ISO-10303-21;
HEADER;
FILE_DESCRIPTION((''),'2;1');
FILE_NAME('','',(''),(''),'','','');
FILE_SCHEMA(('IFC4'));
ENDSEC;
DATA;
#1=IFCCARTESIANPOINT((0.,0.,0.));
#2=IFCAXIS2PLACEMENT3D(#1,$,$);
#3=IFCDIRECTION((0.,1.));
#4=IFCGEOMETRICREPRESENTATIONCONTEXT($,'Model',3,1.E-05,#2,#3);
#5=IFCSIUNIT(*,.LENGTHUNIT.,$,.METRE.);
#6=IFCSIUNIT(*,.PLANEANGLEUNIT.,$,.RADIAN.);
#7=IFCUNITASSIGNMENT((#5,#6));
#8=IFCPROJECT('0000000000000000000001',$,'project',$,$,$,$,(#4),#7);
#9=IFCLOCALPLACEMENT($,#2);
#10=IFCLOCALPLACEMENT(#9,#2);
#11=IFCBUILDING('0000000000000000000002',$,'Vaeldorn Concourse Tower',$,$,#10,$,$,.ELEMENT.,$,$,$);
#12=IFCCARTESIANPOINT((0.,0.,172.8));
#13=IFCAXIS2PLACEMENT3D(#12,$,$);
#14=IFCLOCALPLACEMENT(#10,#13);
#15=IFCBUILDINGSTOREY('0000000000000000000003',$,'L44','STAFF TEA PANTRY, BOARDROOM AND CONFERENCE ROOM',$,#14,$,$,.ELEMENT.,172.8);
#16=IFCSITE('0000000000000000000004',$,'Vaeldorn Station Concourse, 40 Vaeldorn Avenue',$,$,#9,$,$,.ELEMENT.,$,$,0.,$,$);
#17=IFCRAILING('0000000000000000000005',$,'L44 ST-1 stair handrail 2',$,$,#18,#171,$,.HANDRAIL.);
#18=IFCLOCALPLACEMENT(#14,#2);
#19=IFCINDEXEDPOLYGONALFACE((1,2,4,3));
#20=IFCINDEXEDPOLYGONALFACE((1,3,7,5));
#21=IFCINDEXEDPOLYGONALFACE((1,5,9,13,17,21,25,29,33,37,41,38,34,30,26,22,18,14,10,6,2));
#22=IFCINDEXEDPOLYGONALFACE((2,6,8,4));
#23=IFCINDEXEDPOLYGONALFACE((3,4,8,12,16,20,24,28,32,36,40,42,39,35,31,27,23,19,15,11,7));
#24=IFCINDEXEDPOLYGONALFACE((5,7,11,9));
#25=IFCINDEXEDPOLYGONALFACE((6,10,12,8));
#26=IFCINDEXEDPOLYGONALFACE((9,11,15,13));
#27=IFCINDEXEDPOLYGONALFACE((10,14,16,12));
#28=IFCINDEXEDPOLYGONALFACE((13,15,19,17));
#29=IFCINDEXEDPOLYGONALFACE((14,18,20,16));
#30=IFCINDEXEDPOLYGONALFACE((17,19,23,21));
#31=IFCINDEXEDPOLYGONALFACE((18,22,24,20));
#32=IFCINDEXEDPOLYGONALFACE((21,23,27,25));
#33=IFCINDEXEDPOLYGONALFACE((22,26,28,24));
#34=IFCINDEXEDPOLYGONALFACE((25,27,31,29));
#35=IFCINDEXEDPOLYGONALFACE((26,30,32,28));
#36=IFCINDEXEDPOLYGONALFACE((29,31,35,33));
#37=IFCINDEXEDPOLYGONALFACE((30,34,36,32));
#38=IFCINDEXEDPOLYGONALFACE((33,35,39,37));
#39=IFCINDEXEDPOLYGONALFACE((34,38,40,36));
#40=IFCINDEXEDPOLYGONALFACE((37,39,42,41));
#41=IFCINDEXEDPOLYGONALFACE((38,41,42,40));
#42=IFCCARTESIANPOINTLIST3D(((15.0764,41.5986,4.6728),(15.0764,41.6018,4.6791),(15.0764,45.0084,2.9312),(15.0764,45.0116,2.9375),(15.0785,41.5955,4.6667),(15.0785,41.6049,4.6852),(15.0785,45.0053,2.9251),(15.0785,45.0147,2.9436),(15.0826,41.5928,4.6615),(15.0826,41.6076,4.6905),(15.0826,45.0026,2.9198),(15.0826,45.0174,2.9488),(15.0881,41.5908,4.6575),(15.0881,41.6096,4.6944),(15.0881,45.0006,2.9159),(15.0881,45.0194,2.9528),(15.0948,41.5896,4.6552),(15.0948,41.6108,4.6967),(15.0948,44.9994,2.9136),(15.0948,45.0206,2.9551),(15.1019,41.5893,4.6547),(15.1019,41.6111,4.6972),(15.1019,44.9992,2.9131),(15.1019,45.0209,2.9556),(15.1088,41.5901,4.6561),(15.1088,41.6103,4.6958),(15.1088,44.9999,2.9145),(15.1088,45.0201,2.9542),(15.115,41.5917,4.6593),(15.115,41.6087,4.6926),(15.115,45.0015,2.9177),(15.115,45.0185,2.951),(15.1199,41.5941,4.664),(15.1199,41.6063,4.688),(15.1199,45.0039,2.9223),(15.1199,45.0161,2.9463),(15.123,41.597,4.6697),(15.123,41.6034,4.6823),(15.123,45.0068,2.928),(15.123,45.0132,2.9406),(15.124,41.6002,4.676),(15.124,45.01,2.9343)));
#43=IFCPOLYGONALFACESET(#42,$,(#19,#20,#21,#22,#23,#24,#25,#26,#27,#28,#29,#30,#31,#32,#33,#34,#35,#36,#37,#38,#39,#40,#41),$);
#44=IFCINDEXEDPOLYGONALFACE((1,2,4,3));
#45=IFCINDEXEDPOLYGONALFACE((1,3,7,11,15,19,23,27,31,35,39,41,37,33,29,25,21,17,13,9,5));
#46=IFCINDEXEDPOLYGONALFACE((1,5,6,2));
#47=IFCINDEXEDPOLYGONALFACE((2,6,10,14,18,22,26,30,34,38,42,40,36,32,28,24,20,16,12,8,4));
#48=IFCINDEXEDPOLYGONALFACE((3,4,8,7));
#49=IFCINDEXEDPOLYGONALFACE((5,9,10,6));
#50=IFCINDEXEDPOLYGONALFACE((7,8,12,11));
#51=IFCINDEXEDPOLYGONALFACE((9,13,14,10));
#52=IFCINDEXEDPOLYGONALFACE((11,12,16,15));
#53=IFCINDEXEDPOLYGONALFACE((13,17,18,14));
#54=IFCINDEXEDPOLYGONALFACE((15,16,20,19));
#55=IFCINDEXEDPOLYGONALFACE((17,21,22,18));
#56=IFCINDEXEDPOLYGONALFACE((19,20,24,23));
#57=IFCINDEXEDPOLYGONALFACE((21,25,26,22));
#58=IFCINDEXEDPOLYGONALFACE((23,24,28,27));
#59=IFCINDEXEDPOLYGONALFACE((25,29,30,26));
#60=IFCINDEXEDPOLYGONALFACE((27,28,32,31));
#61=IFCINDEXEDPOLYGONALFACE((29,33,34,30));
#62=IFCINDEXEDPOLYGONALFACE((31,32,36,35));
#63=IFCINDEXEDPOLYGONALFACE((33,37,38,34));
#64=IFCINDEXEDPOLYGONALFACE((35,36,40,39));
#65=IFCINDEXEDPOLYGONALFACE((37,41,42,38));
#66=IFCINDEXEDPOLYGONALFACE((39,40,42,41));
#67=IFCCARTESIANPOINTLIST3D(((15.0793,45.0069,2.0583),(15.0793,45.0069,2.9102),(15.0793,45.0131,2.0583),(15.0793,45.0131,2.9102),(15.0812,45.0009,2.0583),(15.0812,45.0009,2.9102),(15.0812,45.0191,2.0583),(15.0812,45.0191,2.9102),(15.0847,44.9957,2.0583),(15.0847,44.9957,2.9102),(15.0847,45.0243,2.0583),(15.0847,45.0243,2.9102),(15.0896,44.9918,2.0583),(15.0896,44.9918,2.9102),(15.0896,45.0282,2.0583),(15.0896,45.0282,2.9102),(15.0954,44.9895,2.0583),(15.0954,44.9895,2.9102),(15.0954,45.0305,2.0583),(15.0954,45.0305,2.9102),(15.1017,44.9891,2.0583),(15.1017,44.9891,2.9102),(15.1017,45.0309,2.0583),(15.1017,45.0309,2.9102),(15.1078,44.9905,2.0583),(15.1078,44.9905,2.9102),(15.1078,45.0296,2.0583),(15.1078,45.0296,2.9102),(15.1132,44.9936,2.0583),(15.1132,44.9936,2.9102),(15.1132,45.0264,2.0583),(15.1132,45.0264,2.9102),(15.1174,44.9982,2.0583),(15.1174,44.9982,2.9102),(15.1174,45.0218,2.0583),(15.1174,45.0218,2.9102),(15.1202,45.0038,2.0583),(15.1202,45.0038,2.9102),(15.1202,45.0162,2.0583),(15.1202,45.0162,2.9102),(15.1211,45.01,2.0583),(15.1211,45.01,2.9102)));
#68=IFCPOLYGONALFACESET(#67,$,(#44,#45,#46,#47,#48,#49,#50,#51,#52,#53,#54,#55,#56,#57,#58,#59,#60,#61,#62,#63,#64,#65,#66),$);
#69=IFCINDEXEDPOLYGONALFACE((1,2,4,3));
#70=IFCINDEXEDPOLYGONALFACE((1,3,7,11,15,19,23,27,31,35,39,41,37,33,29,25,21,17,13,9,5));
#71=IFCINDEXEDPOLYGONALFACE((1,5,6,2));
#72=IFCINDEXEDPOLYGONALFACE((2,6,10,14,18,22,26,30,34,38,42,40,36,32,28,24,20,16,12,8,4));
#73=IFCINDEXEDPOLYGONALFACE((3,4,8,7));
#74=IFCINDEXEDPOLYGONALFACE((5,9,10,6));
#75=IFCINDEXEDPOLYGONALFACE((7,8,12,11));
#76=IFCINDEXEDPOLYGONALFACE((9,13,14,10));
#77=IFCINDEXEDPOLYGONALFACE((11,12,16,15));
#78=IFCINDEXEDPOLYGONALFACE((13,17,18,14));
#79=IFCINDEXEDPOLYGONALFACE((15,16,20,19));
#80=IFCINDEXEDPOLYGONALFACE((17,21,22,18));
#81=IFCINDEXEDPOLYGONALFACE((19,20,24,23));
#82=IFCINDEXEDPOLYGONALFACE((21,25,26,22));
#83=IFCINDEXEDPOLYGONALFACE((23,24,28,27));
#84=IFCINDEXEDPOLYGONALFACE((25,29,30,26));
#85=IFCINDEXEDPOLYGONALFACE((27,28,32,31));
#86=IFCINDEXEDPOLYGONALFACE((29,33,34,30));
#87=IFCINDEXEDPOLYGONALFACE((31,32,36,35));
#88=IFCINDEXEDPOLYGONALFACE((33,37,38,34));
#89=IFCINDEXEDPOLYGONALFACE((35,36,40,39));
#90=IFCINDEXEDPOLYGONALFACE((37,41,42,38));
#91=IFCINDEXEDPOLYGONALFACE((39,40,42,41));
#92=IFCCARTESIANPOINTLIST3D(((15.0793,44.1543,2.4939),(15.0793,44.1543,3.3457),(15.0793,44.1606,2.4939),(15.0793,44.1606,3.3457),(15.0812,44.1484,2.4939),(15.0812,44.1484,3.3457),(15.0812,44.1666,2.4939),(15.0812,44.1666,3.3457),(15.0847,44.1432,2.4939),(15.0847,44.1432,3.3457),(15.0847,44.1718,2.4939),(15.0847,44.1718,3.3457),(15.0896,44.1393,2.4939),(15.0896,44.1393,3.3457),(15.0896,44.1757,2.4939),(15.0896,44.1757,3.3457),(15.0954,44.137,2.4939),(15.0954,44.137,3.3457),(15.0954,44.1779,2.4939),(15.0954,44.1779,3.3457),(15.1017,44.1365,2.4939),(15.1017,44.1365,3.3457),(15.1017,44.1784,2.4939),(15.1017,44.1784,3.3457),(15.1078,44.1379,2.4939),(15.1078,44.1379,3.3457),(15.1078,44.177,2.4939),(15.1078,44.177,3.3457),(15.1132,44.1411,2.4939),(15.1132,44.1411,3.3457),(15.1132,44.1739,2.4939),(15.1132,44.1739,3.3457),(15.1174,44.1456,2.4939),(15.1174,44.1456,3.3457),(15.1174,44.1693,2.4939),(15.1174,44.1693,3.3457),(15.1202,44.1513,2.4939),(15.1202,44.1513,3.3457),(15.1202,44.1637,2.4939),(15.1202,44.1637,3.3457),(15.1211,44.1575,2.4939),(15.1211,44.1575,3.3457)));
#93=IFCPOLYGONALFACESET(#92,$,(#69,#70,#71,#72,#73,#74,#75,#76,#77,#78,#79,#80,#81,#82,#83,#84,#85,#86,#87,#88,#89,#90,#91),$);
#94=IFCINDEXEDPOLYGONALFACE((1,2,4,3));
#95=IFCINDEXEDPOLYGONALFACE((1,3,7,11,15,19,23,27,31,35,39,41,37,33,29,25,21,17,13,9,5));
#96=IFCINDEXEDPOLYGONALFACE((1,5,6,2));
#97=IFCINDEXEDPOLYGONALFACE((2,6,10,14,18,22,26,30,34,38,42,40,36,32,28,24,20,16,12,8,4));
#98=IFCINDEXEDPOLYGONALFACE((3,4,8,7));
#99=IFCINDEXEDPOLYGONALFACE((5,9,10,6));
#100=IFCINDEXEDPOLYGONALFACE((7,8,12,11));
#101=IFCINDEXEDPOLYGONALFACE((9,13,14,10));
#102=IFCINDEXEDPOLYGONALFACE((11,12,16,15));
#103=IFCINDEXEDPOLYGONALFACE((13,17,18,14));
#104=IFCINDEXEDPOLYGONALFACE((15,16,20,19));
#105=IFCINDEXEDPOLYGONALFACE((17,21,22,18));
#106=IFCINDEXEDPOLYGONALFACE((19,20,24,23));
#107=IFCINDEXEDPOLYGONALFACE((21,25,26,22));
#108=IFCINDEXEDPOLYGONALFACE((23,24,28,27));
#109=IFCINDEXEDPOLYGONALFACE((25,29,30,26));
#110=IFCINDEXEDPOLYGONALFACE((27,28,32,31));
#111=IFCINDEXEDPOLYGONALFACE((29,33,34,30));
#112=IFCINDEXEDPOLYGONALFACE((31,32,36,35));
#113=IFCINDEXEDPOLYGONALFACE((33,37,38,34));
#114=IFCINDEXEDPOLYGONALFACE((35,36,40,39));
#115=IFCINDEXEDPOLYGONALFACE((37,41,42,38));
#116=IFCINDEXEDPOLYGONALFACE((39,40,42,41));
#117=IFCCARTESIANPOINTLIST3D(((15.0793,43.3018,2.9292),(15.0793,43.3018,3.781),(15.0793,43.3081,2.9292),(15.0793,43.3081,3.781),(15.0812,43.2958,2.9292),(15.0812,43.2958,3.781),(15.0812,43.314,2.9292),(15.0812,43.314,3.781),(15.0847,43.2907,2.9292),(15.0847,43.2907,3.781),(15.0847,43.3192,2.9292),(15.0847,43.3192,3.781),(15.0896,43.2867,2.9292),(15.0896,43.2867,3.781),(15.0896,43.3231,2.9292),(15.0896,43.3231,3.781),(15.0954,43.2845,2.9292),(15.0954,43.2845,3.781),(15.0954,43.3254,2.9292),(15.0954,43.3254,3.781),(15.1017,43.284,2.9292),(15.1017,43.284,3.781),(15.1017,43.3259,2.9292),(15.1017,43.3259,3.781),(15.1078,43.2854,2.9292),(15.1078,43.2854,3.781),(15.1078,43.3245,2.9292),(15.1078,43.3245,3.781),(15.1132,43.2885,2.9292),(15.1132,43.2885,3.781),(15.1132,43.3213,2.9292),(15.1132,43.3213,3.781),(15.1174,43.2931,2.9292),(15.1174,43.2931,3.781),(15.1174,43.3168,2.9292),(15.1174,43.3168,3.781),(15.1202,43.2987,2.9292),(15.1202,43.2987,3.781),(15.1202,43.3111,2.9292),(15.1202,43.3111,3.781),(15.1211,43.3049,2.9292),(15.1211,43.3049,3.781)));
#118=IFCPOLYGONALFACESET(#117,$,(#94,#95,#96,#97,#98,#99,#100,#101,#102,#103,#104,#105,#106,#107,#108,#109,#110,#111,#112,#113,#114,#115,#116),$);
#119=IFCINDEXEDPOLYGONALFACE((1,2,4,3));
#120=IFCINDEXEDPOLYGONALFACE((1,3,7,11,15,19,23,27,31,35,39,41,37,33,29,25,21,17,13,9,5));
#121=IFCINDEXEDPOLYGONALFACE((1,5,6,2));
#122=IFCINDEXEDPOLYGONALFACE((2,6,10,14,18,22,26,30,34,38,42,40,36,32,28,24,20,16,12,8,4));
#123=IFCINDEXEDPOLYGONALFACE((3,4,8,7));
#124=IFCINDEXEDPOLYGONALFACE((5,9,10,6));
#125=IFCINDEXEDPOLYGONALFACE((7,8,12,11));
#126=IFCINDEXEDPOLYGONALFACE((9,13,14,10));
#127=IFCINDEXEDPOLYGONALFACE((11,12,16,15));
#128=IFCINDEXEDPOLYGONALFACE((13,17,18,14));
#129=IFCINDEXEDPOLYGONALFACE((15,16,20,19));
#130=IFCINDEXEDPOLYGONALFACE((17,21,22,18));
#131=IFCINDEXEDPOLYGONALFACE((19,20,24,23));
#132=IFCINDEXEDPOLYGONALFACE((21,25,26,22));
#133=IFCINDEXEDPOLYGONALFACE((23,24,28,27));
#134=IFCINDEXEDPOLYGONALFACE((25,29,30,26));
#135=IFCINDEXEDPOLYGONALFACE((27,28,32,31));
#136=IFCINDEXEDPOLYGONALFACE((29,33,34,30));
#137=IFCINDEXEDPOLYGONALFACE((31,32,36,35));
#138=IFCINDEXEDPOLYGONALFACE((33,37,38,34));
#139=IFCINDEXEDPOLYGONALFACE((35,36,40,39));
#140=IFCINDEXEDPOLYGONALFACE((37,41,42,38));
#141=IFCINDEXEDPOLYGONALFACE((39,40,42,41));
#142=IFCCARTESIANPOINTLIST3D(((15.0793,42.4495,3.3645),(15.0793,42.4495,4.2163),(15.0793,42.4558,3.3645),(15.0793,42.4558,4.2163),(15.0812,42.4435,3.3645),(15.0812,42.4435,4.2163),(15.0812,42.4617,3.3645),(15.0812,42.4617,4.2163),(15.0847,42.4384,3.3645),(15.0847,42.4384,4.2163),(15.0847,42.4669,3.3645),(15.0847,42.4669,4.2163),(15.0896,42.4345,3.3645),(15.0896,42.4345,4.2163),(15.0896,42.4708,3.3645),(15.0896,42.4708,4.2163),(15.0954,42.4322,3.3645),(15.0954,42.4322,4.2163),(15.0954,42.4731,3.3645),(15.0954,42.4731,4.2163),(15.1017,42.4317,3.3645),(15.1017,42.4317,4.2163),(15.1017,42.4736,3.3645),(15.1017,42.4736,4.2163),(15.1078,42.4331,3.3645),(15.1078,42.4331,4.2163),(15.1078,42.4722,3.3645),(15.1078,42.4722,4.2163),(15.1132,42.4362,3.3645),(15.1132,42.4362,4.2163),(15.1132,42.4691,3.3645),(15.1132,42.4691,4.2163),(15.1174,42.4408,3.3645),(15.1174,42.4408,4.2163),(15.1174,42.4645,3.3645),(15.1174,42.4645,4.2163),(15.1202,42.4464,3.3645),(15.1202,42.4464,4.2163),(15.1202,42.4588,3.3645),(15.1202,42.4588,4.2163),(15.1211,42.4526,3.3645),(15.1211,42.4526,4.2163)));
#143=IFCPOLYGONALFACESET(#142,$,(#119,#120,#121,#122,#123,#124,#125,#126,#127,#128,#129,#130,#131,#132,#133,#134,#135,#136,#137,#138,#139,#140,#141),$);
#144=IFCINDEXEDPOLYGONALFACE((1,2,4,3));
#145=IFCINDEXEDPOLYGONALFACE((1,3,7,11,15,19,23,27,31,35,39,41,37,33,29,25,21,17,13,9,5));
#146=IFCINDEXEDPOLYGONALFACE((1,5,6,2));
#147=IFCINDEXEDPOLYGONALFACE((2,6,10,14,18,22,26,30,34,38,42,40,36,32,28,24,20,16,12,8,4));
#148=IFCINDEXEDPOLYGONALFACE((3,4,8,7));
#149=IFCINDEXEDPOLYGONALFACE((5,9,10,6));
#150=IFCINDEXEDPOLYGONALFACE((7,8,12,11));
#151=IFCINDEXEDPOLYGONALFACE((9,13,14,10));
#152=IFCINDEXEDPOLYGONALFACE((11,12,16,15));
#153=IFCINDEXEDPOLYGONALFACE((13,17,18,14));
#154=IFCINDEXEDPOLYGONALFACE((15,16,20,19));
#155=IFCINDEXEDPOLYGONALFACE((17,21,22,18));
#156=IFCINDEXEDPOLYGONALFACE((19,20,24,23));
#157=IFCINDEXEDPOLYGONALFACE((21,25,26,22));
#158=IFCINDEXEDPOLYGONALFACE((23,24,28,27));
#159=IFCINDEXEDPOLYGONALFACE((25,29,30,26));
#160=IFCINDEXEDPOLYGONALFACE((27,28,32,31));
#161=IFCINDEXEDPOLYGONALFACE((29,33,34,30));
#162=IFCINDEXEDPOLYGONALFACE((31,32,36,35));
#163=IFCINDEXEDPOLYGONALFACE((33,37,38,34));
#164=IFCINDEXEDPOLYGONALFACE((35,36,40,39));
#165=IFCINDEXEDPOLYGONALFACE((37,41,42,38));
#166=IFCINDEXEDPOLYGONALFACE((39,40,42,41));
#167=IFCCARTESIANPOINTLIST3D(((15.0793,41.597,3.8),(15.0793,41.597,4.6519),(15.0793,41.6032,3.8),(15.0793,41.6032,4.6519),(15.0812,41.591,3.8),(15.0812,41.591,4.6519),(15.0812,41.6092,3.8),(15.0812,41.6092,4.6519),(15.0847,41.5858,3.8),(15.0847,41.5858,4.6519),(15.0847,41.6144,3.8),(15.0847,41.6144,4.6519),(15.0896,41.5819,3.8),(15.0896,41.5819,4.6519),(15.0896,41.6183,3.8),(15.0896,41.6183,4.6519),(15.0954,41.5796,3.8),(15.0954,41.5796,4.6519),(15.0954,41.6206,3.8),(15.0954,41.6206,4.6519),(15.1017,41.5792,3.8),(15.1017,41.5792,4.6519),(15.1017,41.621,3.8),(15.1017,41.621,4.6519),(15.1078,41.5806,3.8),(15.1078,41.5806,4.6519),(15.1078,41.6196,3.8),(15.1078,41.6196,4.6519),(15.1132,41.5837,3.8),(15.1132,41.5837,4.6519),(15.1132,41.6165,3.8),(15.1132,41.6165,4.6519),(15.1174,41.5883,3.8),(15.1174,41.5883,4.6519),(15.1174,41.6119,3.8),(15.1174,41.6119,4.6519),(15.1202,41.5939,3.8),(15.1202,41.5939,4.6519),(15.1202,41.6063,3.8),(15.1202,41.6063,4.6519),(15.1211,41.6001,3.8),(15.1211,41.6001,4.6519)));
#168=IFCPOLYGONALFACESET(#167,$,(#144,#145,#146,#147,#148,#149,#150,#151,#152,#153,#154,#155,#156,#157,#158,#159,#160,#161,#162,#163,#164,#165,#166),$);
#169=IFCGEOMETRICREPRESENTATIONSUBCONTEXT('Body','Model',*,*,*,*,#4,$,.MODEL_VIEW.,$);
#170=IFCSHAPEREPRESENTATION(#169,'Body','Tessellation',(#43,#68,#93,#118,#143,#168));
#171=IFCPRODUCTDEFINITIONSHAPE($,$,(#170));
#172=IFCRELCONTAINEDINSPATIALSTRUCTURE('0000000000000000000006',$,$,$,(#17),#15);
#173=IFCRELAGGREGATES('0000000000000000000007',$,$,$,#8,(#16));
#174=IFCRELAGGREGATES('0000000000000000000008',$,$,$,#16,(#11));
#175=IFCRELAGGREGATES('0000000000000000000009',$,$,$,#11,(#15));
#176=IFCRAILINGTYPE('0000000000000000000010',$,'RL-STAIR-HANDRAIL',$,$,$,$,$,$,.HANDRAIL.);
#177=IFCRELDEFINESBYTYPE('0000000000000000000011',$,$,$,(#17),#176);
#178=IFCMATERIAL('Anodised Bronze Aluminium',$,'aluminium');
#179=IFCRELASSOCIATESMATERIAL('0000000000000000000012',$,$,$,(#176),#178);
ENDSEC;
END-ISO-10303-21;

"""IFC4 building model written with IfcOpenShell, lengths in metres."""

from ifc_helpers import new_model, si_unit, direction, frame, origin, origin_2d, place, context, subcontext, project, spatial, circle, extrude, material, type_object, element, save


model = new_model("IFC4")

# Units and contexts
model_context = context("Model", 3, precision=1e-05, world=origin(), true_north=direction((0.0, 1.0)))
body_context = subcontext(model_context, "Body", "Model", "MODEL_VIEW")
ifc_project = project(units=[si_unit("LENGTHUNIT", "METRE"), si_unit("PLANEANGLEUNIT", "RADIAN")], contexts=[model_context])

# Site, building, storey
site_placement = place(None, origin())
site = spatial("IfcSite", under=ifc_project, at=site_placement, Name="Vaeldorn Station Concourse, 40 Vaeldorn Avenue", CompositionType="ELEMENT", RefElevation=0.0)
building_placement = place(site_placement, origin())
building = spatial("IfcBuilding", under=site, at=building_placement, Name="Vaeldorn Concourse Tower", CompositionType="ELEMENT")
storey_placement = place(building_placement, frame((0.0, 0.0, 172.8)))
storey = spatial("IfcBuildingStorey", under=building, at=storey_placement, Name="L44", Description="STAFF TEA PANTRY, BOARDROOM AND CONFERENCE ROOM", CompositionType="ELEMENT", Elevation=172.8)

# Railing
ifc_material_1 = material(Name="Anodised Bronze Aluminium", Category="aluminium")
railing_type_1 = type_object("IfcRailingType", Name="RL-STAIR-HANDRAIL", PredefinedType="HANDRAIL", material=ifc_material_1)
railing_1_placement = place(storey_placement, frame((15.1001, 45.01, 2.0583)))
element("IfcRailing", 1, at=railing_1_placement, inside=storey, type_object=railing_type_1, Name="L44 ST-1 stair handrail 2", PredefinedType="HANDRAIL", context=body_context, shape_type="SweptSolid", body=[
    extrude(circle(Radius=0.0239, at=origin_2d()), frame((0.0, 0.0, 0.876), z_axis=(0.0, -0.890556, 0.454874), x_axis=(1.0, 0.0, 0.0)), (0.0, 0.0, 1.0), 3.8289),
    extrude(circle(Radius=0.021, at=origin_2d()), origin(), (0.0, 0.0, 1.0), 0.8518),
    extrude(circle(Radius=0.021, at=origin_2d()), frame((0.0, -0.8525, 0.4355)), (0.0, 0.0, 1.0), 0.8518),
    extrude(circle(Radius=0.021, at=origin_2d()), frame((0.0, -1.7051, 0.8708)), (0.0, 0.0, 1.0), 0.8518),
    extrude(circle(Radius=0.021, at=origin_2d()), frame((0.0, -2.5574, 1.3062)), (0.0, 0.0, 1.0), 0.8518),
    extrude(circle(Radius=0.021, at=origin_2d()), frame((0.0, -3.4099, 1.7417)), (0.0, 0.0, 1.0), 0.8518),
])

save(model, "model.ifc")
